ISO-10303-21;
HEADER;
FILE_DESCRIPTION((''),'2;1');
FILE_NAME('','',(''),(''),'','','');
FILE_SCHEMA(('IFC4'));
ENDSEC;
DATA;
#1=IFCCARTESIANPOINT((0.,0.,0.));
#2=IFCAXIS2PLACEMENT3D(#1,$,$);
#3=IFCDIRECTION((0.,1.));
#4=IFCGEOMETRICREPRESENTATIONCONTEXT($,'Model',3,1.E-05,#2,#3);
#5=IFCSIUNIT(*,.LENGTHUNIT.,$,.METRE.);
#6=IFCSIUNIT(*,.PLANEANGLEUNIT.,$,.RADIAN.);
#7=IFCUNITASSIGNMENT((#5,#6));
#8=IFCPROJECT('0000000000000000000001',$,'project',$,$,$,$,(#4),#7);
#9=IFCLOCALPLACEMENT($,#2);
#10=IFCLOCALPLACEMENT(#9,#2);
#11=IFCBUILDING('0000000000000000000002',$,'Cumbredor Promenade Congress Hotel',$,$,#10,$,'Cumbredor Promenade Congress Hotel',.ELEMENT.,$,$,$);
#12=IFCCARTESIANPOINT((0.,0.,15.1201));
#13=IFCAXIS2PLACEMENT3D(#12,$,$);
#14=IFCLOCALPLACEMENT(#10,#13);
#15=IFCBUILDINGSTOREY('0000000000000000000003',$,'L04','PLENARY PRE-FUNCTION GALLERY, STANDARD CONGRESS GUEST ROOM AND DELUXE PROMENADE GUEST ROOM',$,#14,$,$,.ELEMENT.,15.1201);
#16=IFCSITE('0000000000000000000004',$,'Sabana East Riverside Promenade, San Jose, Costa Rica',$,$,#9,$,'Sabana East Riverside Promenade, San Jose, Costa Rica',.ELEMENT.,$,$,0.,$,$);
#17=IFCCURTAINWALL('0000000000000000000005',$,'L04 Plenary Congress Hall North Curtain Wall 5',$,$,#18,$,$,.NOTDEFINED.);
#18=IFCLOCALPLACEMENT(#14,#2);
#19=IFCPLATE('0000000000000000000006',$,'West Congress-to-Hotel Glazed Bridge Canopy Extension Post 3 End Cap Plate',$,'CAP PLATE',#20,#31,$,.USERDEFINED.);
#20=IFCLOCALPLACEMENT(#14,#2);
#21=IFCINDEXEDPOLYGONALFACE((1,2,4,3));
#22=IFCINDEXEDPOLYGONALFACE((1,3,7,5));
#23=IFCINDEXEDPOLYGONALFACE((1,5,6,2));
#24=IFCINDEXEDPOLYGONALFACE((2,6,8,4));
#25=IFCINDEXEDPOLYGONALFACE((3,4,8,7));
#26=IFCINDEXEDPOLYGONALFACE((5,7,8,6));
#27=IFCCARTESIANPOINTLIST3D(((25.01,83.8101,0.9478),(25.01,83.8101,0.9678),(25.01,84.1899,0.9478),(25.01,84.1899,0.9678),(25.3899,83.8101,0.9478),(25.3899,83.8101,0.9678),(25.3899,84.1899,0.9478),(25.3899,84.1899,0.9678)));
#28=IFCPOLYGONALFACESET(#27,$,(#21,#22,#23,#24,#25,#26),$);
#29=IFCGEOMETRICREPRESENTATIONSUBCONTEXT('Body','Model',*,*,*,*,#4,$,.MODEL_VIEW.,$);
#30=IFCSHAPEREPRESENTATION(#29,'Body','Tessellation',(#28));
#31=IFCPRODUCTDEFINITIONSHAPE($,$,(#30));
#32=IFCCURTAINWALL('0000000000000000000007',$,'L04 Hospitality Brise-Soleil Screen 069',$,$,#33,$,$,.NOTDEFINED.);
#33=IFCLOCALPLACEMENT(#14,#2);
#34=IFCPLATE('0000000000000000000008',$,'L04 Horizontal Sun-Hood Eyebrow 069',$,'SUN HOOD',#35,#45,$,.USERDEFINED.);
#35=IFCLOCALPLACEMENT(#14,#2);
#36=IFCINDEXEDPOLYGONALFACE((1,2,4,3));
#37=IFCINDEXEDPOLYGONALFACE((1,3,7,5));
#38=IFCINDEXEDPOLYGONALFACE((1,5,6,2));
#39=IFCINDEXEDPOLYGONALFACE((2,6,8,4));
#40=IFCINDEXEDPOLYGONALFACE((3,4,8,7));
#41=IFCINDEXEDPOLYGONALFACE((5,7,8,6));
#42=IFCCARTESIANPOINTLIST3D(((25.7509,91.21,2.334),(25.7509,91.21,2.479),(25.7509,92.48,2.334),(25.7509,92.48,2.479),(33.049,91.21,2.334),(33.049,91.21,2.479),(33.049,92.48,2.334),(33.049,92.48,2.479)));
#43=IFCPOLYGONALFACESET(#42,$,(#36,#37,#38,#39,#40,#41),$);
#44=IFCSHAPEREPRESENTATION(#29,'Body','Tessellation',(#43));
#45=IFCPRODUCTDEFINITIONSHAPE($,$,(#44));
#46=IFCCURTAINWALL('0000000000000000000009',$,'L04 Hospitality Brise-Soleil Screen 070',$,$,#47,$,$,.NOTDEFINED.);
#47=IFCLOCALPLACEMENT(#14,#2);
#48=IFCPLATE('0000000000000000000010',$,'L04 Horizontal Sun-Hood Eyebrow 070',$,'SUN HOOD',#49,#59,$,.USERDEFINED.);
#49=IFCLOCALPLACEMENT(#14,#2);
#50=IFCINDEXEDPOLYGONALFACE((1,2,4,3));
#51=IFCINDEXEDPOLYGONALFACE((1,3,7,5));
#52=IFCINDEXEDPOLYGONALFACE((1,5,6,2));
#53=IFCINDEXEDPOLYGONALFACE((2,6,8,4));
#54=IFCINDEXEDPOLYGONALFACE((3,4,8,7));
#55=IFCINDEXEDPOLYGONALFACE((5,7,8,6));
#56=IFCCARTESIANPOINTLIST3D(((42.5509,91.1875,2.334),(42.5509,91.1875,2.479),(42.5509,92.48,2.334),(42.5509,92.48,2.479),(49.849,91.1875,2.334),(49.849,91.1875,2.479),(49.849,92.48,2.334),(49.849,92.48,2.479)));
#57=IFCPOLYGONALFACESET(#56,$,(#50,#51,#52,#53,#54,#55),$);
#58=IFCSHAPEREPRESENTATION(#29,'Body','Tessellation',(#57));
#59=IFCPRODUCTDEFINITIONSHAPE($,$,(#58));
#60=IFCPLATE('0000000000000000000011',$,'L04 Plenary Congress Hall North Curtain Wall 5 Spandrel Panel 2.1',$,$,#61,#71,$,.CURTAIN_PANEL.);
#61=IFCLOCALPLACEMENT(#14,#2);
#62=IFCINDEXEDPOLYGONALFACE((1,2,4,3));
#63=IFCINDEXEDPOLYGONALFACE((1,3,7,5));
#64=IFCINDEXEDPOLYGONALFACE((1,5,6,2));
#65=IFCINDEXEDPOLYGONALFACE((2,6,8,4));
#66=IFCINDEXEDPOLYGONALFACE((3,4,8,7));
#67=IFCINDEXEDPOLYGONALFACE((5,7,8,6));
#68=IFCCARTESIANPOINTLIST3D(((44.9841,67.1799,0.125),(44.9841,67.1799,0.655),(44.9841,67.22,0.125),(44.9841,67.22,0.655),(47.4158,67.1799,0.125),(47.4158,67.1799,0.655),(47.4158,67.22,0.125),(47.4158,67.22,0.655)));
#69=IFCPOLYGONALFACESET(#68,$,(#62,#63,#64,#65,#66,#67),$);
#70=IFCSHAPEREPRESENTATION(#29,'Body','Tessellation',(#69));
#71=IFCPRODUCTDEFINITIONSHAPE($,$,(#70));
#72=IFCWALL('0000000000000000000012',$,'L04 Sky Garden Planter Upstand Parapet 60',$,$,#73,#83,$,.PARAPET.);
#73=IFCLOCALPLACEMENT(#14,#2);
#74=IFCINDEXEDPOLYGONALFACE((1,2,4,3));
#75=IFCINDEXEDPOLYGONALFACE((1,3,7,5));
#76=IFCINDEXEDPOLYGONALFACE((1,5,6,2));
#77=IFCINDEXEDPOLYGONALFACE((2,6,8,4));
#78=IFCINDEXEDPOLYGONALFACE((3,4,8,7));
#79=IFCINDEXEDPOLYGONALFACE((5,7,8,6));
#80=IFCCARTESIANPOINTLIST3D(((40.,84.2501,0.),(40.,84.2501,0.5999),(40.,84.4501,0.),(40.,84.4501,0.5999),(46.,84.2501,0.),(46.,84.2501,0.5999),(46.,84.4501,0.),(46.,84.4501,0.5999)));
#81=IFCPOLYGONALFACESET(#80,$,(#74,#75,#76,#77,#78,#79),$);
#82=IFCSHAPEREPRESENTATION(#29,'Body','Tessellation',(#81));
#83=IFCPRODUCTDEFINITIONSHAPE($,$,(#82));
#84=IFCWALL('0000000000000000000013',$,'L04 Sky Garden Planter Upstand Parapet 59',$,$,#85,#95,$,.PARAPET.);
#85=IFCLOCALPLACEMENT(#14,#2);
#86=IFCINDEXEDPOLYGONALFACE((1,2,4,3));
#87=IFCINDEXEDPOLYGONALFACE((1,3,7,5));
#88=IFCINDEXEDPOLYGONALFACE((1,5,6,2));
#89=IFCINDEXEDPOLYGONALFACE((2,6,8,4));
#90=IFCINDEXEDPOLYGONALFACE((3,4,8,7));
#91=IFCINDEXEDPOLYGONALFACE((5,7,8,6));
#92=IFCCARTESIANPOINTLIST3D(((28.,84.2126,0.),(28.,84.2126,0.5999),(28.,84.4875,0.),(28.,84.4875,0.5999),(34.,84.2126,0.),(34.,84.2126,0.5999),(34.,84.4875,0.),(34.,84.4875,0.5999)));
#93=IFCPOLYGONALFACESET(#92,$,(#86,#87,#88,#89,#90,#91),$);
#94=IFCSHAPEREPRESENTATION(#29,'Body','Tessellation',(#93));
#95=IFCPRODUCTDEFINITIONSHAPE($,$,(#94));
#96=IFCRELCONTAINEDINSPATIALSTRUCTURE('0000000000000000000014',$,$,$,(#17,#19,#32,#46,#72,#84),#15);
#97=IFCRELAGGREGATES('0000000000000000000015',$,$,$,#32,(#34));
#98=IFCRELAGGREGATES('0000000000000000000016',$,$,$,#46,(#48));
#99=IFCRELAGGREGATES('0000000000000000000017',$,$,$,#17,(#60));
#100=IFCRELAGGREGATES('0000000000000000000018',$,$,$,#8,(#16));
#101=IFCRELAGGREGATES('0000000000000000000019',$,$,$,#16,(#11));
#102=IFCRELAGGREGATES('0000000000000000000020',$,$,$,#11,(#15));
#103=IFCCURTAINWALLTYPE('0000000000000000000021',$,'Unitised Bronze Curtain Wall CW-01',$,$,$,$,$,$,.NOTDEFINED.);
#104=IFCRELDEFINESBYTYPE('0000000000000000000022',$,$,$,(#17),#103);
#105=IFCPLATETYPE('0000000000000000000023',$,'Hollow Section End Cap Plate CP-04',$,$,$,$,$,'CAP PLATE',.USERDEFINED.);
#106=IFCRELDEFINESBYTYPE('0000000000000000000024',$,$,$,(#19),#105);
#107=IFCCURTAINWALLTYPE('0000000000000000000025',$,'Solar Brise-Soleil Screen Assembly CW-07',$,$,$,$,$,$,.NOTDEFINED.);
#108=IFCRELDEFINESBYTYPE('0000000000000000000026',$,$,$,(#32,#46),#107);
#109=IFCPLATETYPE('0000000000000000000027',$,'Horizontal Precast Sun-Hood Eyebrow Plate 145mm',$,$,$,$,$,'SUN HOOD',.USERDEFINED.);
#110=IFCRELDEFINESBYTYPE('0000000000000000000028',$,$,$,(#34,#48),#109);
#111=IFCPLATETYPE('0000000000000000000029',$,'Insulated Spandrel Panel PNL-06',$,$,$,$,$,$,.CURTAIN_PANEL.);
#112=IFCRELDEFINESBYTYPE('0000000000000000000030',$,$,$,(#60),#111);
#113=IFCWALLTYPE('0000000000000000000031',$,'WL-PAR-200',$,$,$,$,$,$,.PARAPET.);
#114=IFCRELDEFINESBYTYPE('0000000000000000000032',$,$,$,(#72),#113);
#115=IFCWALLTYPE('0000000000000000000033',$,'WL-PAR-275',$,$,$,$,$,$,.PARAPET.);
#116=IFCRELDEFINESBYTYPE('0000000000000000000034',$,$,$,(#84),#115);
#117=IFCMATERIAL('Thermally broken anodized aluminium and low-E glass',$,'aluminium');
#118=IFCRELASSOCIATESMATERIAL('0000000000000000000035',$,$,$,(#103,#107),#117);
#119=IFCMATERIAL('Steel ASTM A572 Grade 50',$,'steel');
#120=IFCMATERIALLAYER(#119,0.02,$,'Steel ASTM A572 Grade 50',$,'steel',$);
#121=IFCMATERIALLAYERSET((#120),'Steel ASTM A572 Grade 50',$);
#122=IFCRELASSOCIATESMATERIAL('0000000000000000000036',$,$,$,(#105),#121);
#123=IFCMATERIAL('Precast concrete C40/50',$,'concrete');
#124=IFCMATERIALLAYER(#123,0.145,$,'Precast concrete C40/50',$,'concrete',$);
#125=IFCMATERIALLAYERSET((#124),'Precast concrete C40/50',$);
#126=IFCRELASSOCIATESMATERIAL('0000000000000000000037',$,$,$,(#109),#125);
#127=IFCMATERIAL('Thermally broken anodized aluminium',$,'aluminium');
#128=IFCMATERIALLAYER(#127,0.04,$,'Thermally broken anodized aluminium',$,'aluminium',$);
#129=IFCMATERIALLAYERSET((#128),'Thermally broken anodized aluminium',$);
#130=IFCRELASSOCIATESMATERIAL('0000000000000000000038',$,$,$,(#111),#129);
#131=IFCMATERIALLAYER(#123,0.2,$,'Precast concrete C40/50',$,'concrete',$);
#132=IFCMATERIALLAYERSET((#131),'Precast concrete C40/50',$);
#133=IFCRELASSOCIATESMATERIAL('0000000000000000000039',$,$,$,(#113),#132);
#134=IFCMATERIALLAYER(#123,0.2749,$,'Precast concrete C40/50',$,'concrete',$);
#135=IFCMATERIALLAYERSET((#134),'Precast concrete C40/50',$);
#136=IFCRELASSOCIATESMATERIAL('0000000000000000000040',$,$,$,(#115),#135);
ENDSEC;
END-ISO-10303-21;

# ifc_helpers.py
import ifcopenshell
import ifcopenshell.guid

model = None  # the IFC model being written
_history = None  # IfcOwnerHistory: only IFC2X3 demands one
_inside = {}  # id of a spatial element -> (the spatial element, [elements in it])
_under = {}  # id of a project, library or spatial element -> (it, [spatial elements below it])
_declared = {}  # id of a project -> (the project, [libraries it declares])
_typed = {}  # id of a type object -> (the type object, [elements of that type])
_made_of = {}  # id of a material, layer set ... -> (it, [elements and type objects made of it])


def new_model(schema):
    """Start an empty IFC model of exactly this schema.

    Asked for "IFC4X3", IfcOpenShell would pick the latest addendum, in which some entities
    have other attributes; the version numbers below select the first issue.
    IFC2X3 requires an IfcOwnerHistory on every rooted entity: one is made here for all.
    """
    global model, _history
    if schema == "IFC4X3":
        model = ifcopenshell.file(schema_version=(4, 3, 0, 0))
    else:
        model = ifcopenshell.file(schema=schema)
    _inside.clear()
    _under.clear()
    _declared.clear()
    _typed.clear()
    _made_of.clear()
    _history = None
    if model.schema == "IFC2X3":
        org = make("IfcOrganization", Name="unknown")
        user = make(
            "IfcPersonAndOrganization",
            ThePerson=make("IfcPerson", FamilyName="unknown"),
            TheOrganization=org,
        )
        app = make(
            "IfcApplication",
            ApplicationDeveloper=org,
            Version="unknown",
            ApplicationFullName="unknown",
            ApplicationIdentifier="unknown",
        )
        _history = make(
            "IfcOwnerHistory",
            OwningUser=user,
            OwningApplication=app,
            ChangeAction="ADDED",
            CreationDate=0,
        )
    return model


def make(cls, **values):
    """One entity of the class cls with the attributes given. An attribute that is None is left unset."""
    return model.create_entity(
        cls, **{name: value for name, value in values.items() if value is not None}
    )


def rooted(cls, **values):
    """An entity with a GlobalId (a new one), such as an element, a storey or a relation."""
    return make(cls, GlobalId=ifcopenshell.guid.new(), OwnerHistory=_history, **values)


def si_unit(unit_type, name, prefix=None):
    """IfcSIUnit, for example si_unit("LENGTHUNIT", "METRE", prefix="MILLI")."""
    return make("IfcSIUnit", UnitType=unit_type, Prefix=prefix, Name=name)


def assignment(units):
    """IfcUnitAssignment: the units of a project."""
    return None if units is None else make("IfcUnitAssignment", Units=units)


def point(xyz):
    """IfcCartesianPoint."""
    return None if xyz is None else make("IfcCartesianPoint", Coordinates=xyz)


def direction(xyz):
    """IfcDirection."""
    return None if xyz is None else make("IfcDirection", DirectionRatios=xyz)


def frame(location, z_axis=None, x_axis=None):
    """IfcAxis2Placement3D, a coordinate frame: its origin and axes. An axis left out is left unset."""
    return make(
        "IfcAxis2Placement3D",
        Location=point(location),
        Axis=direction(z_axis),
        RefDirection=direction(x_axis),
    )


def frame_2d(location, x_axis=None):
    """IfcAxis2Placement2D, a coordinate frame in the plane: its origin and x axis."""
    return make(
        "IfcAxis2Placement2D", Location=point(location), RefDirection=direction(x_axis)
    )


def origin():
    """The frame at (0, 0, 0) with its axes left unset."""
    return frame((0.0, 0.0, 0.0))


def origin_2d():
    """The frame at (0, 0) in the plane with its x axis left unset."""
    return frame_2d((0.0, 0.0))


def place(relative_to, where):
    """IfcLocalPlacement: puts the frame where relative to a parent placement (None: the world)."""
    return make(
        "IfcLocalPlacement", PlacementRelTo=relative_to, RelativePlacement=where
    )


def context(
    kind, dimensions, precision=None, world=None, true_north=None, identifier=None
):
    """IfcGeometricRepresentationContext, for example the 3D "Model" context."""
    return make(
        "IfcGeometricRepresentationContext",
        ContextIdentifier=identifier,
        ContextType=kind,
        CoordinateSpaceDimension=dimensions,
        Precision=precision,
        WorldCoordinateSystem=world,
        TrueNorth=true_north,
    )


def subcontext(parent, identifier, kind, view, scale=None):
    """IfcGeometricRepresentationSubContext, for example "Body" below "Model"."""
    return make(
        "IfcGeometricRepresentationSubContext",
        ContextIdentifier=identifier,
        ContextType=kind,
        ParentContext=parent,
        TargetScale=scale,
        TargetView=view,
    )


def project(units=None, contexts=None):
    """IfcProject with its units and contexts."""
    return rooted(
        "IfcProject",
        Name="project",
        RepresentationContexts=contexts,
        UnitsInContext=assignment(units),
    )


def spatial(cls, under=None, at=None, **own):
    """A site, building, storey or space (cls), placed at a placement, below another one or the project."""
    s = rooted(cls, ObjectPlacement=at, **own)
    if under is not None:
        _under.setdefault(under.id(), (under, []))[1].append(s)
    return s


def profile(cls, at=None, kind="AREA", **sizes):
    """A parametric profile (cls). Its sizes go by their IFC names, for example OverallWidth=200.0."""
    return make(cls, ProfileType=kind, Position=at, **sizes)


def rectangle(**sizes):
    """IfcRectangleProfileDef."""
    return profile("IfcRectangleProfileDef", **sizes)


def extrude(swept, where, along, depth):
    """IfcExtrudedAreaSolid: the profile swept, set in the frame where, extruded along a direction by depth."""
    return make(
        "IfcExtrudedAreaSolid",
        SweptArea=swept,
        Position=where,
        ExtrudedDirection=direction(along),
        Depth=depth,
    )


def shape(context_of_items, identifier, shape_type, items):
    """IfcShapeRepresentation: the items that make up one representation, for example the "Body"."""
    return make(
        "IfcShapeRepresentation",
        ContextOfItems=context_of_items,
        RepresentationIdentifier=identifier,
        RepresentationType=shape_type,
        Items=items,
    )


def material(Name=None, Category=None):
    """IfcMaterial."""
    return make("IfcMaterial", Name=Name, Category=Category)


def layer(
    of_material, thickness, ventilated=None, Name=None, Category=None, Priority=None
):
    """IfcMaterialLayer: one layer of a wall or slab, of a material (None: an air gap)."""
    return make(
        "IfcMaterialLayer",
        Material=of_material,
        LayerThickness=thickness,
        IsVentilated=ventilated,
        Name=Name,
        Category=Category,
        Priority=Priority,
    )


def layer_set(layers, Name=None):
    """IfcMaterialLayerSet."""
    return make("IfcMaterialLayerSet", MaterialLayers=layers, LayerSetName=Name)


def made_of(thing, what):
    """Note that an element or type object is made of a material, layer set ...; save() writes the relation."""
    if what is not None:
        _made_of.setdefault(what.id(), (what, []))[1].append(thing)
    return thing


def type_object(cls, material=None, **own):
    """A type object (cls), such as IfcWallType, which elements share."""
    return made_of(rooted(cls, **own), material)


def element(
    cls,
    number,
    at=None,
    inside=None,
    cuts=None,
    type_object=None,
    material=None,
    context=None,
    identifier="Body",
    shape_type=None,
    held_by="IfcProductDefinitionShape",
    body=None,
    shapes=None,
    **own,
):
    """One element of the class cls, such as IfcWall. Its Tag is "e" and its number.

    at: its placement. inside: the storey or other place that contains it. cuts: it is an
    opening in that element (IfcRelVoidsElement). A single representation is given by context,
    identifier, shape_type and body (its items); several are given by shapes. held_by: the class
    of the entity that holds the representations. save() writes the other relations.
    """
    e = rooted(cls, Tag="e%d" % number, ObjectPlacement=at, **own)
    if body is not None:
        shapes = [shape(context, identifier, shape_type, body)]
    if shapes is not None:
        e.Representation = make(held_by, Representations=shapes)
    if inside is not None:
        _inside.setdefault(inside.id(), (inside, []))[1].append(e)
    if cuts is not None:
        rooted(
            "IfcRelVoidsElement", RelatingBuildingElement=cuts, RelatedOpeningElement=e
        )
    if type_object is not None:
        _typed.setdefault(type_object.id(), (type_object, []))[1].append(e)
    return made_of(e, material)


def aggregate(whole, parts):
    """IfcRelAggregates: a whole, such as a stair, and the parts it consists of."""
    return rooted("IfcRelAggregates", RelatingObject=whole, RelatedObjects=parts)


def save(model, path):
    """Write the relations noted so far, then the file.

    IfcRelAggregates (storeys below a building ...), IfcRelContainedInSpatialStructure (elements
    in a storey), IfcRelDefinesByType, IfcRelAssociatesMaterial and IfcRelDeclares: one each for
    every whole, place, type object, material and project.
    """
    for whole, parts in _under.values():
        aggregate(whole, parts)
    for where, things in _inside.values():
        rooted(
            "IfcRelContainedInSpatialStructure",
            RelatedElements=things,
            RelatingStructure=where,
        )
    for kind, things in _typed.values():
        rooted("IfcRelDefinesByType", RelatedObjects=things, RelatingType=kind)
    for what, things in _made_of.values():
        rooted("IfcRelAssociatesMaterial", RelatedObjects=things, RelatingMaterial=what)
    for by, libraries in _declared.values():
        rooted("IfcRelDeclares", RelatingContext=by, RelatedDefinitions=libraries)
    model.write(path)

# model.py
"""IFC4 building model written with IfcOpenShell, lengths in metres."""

from ifc_helpers import new_model, si_unit, direction, frame, frame_2d, origin, origin_2d, place, context, subcontext, project, spatial, rectangle, extrude, material, layer, layer_set, type_object, element, aggregate, save


model = new_model("IFC4")

# Units and contexts
model_context = context("Model", 3, precision=1e-05, world=origin(), true_north=direction((0.0, 1.0)))
body_context = subcontext(model_context, "Body", "Model", "MODEL_VIEW")
ifc_project = project(units=[si_unit("LENGTHUNIT", "METRE"), si_unit("PLANEANGLEUNIT", "RADIAN")], contexts=[model_context])

# Site, building, storey
site_placement = place(None, origin())
site = spatial("IfcSite", under=ifc_project, at=site_placement, Name="Sabana East Riverside Promenade, San Jose, Costa Rica", LongName="Sabana East Riverside Promenade, San Jose, Costa Rica", CompositionType="ELEMENT", RefElevation=0.0)
building_placement = place(site_placement, origin())
building = spatial("IfcBuilding", under=site, at=building_placement, Name="Cumbredor Promenade Congress Hotel", LongName="Cumbredor Promenade Congress Hotel", CompositionType="ELEMENT")
storey_placement = place(building_placement, frame((0.0, 0.0, 15.1201)))
storey = spatial("IfcBuildingStorey", under=building, at=storey_placement, Name="L04", Description="PLENARY PRE-FUNCTION GALLERY, STANDARD CONGRESS GUEST ROOM AND DELUXE PROMENADE GUEST ROOM", CompositionType="ELEMENT", Elevation=15.1201)

# Curtain wall
ifc_material_1 = material(Name="Thermally broken anodized aluminium and low-E glass", Category="aluminium")
curtain_wall_type_1 = type_object("IfcCurtainWallType", Name="Unitised Bronze Curtain Wall CW-01", PredefinedType="NOTDEFINED", material=ifc_material_1)
curtain_wall_1_placement = place(storey_placement, origin())
curtain_wall_1 = element("IfcCurtainWall", 1, at=curtain_wall_1_placement, inside=storey, type_object=curtain_wall_type_1, Name="L04 Plenary Congress Hall North Curtain Wall 5", PredefinedType="NOTDEFINED")
ifc_material_2 = material(Name="Thermally broken anodized aluminium", Category="aluminium")
curtain_wall_type_2 = type_object("IfcCurtainWallType", Name="Solar Brise-Soleil Screen Assembly CW-07", PredefinedType="NOTDEFINED", material=ifc_material_1)

# Plate
ifc_material_3 = material(Name="Steel ASTM A572 Grade 50", Category="steel")
ifc_layer_1 = layer(ifc_material_3, 0.02, Name="Steel ASTM A572 Grade 50", Category="steel")
ifc_layer_set_1 = layer_set([ifc_layer_1], Name="Steel ASTM A572 Grade 50")
plate_type_1 = type_object("IfcPlateType", Name="Hollow Section End Cap Plate CP-04", ElementType="CAP PLATE", PredefinedType="USERDEFINED", material=ifc_layer_set_1)
plate_1_placement = place(storey_placement, frame((25.2, 84.0, 0.9478), z_axis=(0.0, 0.0, 1.0), x_axis=(1.0, 0.0, 0.0)))
element("IfcPlate", 2, at=plate_1_placement, inside=storey, type_object=plate_type_1, Name="West Congress-to-Hotel Glazed Bridge Canopy Extension Post 3 End Cap Plate", ObjectType="CAP PLATE", PredefinedType="USERDEFINED", context=body_context, shape_type="SweptSolid", body=[
    extrude(rectangle(XDim=0.3799, YDim=0.3799, at=origin_2d()), origin(), (0.0, 0.0, 1.0), 0.02),
])

# Curtain walls, plates
curtain_wall_2_placement = place(storey_placement, origin())
curtain_wall_2 = element("IfcCurtainWall", 3, at=curtain_wall_2_placement, inside=storey, type_object=curtain_wall_type_2, Name="L04 Hospitality Brise-Soleil Screen 069", PredefinedType="NOTDEFINED")
ifc_material_4 = material(Name="Precast concrete C40/50", Category="concrete")
ifc_layer_2 = layer(ifc_material_4, 0.145, Name="Precast concrete C40/50", Category="concrete")
ifc_layer_set_2 = layer_set([ifc_layer_2], Name="Precast concrete C40/50")
plate_type_2 = type_object("IfcPlateType", Name="Horizontal Precast Sun-Hood Eyebrow Plate 145mm", ElementType="SUN HOOD", PredefinedType="USERDEFINED", material=ifc_layer_set_2)
plate_2_placement = place(storey_placement, frame((29.3999, 91.845, 2.334), z_axis=(0.0, 0.0, 1.0), x_axis=(1.0, 0.0, 0.0)))
plate_2 = element("IfcPlate", 4, at=plate_2_placement, type_object=plate_type_2, Name="L04 Horizontal Sun-Hood Eyebrow 069", ObjectType="SUN HOOD", PredefinedType="USERDEFINED", context=body_context, shape_type="SweptSolid", body=[
    extrude(rectangle(XDim=7.2981, YDim=1.27, at=origin_2d()), origin(), (0.0, 0.0, 1.0), 0.145),
])
aggregate(curtain_wall_2, [plate_2])
curtain_wall_3_placement = place(storey_placement, origin())
curtain_wall_3 = element("IfcCurtainWall", 5, at=curtain_wall_3_placement, inside=storey, type_object=curtain_wall_type_2, Name="L04 Hospitality Brise-Soleil Screen 070", PredefinedType="NOTDEFINED")
plate_3_placement = place(storey_placement, frame((46.2, 91.8337, 2.334), z_axis=(0.0, 0.0, 1.0), x_axis=(1.0, 0.0, 0.0)))
plate_3 = element("IfcPlate", 6, at=plate_3_placement, type_object=plate_type_2, Name="L04 Horizontal Sun-Hood Eyebrow 070", ObjectType="SUN HOOD", PredefinedType="USERDEFINED", context=body_context, shape_type="SweptSolid", body=[
    extrude(rectangle(XDim=7.2981, YDim=1.2925, at=origin_2d()), origin(), (0.0, 0.0, 1.0), 0.145),
])
aggregate(curtain_wall_3, [plate_3])

# Plate
ifc_layer_3 = layer(ifc_material_2, 0.04, Name="Thermally broken anodized aluminium", Category="aluminium")
ifc_layer_set_3 = layer_set([ifc_layer_3], Name="Thermally broken anodized aluminium")
plate_type_3 = type_object("IfcPlateType", Name="Insulated Spandrel Panel PNL-06", PredefinedType="CURTAIN_PANEL", material=ifc_layer_set_3)
plate_4_placement = place(storey_placement, frame((46.2, 67.2, 0.125), z_axis=(0.0, 0.0, 1.0), x_axis=(1.0, 0.0, 0.0)))
plate_4 = element("IfcPlate", 7, at=plate_4_placement, type_object=plate_type_3, Name="L04 Plenary Congress Hall North Curtain Wall 5 Spandrel Panel 2.1", PredefinedType="CURTAIN_PANEL", context=body_context, shape_type="SweptSolid", body=[
    extrude(rectangle(XDim=2.4316, YDim=0.04, at=origin_2d()), origin(), (0.0, 0.0, 1.0), 0.53),
])
aggregate(curtain_wall_1, [plate_4])

# Walls
ifc_layer_4 = layer(ifc_material_4, 0.2, Name="Precast concrete C40/50", Category="concrete")
ifc_layer_set_4 = layer_set([ifc_layer_4], Name="Precast concrete C40/50")
wall_type_1 = type_object("IfcWallType", Name="WL-PAR-200", PredefinedType="PARAPET", material=ifc_layer_set_4)
wall_1_placement = place(storey_placement, frame((40.0, 84.3501, 0.0), z_axis=(0.0, 0.0, 1.0), x_axis=(1.0, 0.0, 0.0)))
element("IfcWall", 8, at=wall_1_placement, inside=storey, type_object=wall_type_1, Name="L04 Sky Garden Planter Upstand Parapet 60", PredefinedType="PARAPET", context=body_context, shape_type="SweptSolid", body=[
    extrude(rectangle(XDim=6.0, YDim=0.2, at=frame_2d((3.0, 0.0))), origin(), (0.0, 0.0, 1.0), 0.5999),
])
ifc_layer_5 = layer(ifc_material_4, 0.2749, Name="Precast concrete C40/50", Category="concrete")
ifc_layer_set_5 = layer_set([ifc_layer_5], Name="Precast concrete C40/50")
wall_type_2 = type_object("IfcWallType", Name="WL-PAR-275", PredefinedType="PARAPET", material=ifc_layer_set_5)
wall_2_placement = place(storey_placement, frame((28.0, 84.3501, 0.0), z_axis=(0.0, 0.0, 1.0), x_axis=(1.0, 0.0, 0.0)))
element("IfcWall", 9, at=wall_2_placement, inside=storey, type_object=wall_type_2, Name="L04 Sky Garden Planter Upstand Parapet 59", PredefinedType="PARAPET", context=body_context, shape_type="SweptSolid", body=[
    extrude(rectangle(XDim=6.0, YDim=0.2749, at=frame_2d((3.0, 0.0))), origin(), (0.0, 0.0, 1.0), 0.5999),
])

save(model, "model.ifc")
